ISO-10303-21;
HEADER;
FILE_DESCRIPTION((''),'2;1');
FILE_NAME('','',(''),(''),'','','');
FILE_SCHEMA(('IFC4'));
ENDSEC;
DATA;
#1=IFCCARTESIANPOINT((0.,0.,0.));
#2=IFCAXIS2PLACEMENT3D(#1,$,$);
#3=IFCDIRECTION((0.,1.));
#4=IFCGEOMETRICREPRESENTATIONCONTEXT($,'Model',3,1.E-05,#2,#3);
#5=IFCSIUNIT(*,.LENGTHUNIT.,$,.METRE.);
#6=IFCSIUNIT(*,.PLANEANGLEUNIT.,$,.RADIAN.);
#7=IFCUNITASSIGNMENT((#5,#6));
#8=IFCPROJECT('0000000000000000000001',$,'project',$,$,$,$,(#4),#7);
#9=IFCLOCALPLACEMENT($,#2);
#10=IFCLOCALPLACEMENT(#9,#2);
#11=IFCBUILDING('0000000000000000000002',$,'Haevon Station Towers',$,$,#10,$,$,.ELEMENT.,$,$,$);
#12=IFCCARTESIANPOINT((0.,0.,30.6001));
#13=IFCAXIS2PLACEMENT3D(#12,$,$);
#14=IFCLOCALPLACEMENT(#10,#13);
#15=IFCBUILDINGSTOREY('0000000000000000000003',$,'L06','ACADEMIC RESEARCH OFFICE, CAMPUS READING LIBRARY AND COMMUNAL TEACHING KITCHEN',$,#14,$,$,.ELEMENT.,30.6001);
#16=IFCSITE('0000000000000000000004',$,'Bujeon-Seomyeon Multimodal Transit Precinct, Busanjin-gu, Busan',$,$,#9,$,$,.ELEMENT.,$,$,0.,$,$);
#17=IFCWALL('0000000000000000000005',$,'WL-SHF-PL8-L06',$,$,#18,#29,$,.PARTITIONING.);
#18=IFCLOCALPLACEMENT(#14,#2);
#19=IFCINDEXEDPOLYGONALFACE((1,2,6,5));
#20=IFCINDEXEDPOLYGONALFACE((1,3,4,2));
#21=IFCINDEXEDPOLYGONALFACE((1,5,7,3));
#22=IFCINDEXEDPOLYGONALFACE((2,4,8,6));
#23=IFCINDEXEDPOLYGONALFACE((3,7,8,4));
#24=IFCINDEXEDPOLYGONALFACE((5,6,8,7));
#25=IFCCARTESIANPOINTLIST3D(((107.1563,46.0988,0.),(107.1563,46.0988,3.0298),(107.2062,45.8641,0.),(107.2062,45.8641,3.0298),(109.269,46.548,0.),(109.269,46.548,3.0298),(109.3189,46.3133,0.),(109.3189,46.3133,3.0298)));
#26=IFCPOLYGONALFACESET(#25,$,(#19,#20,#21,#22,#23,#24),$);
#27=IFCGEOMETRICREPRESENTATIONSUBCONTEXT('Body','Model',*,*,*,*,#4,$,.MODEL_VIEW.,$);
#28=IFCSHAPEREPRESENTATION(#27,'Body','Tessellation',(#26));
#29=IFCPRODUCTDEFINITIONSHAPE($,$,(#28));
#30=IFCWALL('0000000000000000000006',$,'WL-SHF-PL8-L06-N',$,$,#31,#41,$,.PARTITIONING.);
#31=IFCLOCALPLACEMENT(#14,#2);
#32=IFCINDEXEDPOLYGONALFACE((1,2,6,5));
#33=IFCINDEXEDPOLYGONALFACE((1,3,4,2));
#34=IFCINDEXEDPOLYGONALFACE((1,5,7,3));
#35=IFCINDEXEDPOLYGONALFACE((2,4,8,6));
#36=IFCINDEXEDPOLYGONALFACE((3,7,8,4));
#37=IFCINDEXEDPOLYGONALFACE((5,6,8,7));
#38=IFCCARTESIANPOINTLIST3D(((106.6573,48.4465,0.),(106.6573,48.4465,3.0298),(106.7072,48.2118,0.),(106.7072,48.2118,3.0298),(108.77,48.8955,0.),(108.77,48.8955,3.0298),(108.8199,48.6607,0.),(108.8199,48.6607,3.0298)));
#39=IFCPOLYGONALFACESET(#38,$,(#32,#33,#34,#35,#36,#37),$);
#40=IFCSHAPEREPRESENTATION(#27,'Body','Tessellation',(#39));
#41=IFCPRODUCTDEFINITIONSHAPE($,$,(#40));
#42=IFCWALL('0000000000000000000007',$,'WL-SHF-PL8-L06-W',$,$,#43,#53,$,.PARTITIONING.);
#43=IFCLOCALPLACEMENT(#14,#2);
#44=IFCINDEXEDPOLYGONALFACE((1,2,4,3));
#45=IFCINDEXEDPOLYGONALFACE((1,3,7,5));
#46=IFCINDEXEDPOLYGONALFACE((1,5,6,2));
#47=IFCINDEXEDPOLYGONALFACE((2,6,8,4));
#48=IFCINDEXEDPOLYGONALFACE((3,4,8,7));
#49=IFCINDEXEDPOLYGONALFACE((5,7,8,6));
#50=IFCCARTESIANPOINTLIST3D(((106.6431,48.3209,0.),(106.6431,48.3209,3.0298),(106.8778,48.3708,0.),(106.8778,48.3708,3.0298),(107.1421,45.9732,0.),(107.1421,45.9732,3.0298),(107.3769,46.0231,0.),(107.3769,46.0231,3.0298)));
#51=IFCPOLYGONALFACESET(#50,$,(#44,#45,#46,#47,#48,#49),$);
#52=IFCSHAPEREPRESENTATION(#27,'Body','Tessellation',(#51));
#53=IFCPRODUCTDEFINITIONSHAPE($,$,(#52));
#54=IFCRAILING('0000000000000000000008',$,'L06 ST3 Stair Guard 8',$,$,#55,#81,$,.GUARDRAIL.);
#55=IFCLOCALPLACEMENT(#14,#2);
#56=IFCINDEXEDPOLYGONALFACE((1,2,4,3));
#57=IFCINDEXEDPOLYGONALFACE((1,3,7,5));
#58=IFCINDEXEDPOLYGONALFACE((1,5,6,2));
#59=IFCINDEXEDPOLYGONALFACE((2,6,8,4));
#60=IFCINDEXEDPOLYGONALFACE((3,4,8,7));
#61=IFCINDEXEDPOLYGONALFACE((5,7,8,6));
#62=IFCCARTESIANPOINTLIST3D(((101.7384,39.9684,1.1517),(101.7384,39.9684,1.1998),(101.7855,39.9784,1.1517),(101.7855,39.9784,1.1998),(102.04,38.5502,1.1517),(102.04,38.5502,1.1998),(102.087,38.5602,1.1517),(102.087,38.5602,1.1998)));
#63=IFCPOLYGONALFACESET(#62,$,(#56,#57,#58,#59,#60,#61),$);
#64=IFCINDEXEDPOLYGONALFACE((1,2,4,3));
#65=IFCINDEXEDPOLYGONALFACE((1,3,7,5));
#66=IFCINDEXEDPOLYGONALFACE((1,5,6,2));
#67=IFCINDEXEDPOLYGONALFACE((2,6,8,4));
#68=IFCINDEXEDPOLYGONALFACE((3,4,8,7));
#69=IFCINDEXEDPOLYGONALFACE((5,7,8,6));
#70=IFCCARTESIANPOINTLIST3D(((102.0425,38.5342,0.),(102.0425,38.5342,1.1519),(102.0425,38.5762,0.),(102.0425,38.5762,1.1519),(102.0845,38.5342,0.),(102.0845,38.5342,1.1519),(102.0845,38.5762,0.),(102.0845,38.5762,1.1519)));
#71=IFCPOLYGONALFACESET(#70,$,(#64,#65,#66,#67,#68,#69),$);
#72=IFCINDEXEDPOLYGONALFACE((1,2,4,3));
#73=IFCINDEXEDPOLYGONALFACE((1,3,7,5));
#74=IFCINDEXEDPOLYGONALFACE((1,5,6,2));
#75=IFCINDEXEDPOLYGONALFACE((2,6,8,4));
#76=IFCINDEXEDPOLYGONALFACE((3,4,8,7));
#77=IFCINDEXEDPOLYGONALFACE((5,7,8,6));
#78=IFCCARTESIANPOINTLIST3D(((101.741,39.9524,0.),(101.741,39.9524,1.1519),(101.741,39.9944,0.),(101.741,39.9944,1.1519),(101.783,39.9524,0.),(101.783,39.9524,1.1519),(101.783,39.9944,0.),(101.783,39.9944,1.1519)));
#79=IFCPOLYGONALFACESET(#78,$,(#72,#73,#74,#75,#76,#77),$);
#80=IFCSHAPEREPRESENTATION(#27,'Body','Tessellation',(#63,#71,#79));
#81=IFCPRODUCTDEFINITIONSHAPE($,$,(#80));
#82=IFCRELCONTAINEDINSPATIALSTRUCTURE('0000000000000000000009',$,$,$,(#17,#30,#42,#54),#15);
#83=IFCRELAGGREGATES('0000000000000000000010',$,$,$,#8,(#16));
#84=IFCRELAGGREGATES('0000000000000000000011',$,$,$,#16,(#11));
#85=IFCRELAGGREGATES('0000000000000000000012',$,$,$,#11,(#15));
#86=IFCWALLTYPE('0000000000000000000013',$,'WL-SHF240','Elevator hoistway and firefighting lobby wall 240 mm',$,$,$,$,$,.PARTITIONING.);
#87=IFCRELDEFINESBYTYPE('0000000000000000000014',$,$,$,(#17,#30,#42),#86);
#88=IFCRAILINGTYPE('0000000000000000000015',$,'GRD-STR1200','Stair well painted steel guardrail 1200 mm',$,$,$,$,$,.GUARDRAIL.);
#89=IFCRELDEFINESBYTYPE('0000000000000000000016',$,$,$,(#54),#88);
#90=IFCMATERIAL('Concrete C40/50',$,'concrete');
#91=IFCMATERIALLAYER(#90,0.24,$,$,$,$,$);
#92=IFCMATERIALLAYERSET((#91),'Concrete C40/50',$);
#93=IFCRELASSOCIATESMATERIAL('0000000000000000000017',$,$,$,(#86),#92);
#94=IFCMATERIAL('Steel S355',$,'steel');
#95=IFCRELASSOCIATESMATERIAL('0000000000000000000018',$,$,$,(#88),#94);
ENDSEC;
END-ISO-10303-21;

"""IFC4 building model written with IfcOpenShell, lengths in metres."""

from ifc_helpers import new_model, si_unit, direction, frame, frame_2d, origin, origin_2d, place, context, subcontext, project, spatial, rectangle, extrude, material, layer, layer_set, type_object, element, save


model = new_model("IFC4")

# Units and contexts
model_context = context("Model", 3, precision=1e-05, world=origin(), true_north=direction((0.0, 1.0)))
body_context = subcontext(model_context, "Body", "Model", "MODEL_VIEW")
ifc_project = project(units=[si_unit("LENGTHUNIT", "METRE"), si_unit("PLANEANGLEUNIT", "RADIAN")], contexts=[model_context])

# Site, building, storey
site_placement = place(None, origin())
site = spatial("IfcSite", under=ifc_project, at=site_placement, Name="Bujeon-Seomyeon Multimodal Transit Precinct, Busanjin-gu, Busan", CompositionType="ELEMENT", RefElevation=0.0)
building_placement = place(site_placement, origin())
building = spatial("IfcBuilding", under=site, at=building_placement, Name="Haevon Station Towers", CompositionType="ELEMENT")
storey_placement = place(building_placement, frame((0.0, 0.0, 30.6001)))
storey = spatial("IfcBuildingStorey", under=building, at=storey_placement, Name="L06", Description="ACADEMIC RESEARCH OFFICE, CAMPUS READING LIBRARY AND COMMUNAL TEACHING KITCHEN", CompositionType="ELEMENT", Elevation=30.6001)

# Shared definitions
ifc_material_1 = material(Name="Steel S355", Category="steel")

# Shared definitions
ifc_material_2 = material(Name="Concrete C40/50", Category="concrete")
ifc_layer_1 = layer(ifc_material_2, 0.24)
ifc_layer_set_1 = layer_set([ifc_layer_1], Name="Concrete C40/50")
wall_type_1 = type_object("IfcWallType", Name="WL-SHF240", Description="Elevator hoistway and firefighting lobby wall 240 mm", PredefinedType="PARTITIONING", material=ifc_layer_set_1)

# Walls
for number, where, z_axis, x_axis, name in (
    (1, (107.1812, 45.9814, 0.0), (0.0, 0.0, 1.0), (0.978135, 0.20797, 0.0), "WL-SHF-PL8-L06"),
    (2, (106.6821, 48.3291, 0.0), (0.0, 0.0, 1.0), (0.978158, 0.207861, 0.0), "WL-SHF-PL8-L06-N"),
):
    element("IfcWall", number, at=place(storey_placement, frame(where, z_axis=z_axis, x_axis=x_axis)), inside=storey, type_object=wall_type_1, Name=name, PredefinedType="PARTITIONING", context=body_context, shape_type="SweptSolid", body=[
        extrude(rectangle(XDim=2.1599, YDim=0.24, at=frame_2d((1.0801, 0.0))), origin(), (0.0, 0.0, 1.0), 3.0298),
    ])
wall_1_placement = place(storey_placement, frame((107.2595, 45.998, 0.0), z_axis=(0.0, 0.0, 1.0), x_axis=(-0.207917, 0.978146, 0.0)))
element("IfcWall", 3, at=wall_1_placement, inside=storey, type_object=wall_type_1, Name="WL-SHF-PL8-L06-W", PredefinedType="PARTITIONING", context=body_context, shape_type="SweptSolid", body=[
    extrude(rectangle(XDim=2.4001, YDim=0.24, at=frame_2d((1.2002, 0.0))), origin(), (0.0, 0.0, 1.0), 3.0298),
])

# Railing
railing_type = type_object("IfcRailingType", Name="GRD-STR1200", Description="Stair well painted steel guardrail 1200 mm", PredefinedType="GUARDRAIL", material=ifc_material_1)
railing_placement = place(storey_placement, frame((102.0635, 38.5552, 0.0)))
element("IfcRailing", 4, at=railing_placement, inside=storey, type_object=railing_type, Name="L06 ST3 Stair Guard 8", PredefinedType="GUARDRAIL", context=body_context, shape_type="SweptSolid", body=[
    extrude(rectangle(XDim=0.0481, YDim=0.0481, at=origin_2d()), frame((0.0, 0.0, 1.1758), z_axis=(-0.207953, 0.978139, 0.0), x_axis=(-0.978139, -0.207953, 0.0)), (0.0, 0.0, 1.0), 1.45),
    extrude(rectangle(XDim=0.042, YDim=0.042, at=origin_2d()), origin(), (0.0, 0.0, 1.0), 1.1519),
    extrude(rectangle(XDim=0.042, YDim=0.042, at=origin_2d()), frame((-0.3015, 1.4182, 0.0)), (0.0, 0.0, 1.0), 1.1519),
])

save(model, "model.ifc")
